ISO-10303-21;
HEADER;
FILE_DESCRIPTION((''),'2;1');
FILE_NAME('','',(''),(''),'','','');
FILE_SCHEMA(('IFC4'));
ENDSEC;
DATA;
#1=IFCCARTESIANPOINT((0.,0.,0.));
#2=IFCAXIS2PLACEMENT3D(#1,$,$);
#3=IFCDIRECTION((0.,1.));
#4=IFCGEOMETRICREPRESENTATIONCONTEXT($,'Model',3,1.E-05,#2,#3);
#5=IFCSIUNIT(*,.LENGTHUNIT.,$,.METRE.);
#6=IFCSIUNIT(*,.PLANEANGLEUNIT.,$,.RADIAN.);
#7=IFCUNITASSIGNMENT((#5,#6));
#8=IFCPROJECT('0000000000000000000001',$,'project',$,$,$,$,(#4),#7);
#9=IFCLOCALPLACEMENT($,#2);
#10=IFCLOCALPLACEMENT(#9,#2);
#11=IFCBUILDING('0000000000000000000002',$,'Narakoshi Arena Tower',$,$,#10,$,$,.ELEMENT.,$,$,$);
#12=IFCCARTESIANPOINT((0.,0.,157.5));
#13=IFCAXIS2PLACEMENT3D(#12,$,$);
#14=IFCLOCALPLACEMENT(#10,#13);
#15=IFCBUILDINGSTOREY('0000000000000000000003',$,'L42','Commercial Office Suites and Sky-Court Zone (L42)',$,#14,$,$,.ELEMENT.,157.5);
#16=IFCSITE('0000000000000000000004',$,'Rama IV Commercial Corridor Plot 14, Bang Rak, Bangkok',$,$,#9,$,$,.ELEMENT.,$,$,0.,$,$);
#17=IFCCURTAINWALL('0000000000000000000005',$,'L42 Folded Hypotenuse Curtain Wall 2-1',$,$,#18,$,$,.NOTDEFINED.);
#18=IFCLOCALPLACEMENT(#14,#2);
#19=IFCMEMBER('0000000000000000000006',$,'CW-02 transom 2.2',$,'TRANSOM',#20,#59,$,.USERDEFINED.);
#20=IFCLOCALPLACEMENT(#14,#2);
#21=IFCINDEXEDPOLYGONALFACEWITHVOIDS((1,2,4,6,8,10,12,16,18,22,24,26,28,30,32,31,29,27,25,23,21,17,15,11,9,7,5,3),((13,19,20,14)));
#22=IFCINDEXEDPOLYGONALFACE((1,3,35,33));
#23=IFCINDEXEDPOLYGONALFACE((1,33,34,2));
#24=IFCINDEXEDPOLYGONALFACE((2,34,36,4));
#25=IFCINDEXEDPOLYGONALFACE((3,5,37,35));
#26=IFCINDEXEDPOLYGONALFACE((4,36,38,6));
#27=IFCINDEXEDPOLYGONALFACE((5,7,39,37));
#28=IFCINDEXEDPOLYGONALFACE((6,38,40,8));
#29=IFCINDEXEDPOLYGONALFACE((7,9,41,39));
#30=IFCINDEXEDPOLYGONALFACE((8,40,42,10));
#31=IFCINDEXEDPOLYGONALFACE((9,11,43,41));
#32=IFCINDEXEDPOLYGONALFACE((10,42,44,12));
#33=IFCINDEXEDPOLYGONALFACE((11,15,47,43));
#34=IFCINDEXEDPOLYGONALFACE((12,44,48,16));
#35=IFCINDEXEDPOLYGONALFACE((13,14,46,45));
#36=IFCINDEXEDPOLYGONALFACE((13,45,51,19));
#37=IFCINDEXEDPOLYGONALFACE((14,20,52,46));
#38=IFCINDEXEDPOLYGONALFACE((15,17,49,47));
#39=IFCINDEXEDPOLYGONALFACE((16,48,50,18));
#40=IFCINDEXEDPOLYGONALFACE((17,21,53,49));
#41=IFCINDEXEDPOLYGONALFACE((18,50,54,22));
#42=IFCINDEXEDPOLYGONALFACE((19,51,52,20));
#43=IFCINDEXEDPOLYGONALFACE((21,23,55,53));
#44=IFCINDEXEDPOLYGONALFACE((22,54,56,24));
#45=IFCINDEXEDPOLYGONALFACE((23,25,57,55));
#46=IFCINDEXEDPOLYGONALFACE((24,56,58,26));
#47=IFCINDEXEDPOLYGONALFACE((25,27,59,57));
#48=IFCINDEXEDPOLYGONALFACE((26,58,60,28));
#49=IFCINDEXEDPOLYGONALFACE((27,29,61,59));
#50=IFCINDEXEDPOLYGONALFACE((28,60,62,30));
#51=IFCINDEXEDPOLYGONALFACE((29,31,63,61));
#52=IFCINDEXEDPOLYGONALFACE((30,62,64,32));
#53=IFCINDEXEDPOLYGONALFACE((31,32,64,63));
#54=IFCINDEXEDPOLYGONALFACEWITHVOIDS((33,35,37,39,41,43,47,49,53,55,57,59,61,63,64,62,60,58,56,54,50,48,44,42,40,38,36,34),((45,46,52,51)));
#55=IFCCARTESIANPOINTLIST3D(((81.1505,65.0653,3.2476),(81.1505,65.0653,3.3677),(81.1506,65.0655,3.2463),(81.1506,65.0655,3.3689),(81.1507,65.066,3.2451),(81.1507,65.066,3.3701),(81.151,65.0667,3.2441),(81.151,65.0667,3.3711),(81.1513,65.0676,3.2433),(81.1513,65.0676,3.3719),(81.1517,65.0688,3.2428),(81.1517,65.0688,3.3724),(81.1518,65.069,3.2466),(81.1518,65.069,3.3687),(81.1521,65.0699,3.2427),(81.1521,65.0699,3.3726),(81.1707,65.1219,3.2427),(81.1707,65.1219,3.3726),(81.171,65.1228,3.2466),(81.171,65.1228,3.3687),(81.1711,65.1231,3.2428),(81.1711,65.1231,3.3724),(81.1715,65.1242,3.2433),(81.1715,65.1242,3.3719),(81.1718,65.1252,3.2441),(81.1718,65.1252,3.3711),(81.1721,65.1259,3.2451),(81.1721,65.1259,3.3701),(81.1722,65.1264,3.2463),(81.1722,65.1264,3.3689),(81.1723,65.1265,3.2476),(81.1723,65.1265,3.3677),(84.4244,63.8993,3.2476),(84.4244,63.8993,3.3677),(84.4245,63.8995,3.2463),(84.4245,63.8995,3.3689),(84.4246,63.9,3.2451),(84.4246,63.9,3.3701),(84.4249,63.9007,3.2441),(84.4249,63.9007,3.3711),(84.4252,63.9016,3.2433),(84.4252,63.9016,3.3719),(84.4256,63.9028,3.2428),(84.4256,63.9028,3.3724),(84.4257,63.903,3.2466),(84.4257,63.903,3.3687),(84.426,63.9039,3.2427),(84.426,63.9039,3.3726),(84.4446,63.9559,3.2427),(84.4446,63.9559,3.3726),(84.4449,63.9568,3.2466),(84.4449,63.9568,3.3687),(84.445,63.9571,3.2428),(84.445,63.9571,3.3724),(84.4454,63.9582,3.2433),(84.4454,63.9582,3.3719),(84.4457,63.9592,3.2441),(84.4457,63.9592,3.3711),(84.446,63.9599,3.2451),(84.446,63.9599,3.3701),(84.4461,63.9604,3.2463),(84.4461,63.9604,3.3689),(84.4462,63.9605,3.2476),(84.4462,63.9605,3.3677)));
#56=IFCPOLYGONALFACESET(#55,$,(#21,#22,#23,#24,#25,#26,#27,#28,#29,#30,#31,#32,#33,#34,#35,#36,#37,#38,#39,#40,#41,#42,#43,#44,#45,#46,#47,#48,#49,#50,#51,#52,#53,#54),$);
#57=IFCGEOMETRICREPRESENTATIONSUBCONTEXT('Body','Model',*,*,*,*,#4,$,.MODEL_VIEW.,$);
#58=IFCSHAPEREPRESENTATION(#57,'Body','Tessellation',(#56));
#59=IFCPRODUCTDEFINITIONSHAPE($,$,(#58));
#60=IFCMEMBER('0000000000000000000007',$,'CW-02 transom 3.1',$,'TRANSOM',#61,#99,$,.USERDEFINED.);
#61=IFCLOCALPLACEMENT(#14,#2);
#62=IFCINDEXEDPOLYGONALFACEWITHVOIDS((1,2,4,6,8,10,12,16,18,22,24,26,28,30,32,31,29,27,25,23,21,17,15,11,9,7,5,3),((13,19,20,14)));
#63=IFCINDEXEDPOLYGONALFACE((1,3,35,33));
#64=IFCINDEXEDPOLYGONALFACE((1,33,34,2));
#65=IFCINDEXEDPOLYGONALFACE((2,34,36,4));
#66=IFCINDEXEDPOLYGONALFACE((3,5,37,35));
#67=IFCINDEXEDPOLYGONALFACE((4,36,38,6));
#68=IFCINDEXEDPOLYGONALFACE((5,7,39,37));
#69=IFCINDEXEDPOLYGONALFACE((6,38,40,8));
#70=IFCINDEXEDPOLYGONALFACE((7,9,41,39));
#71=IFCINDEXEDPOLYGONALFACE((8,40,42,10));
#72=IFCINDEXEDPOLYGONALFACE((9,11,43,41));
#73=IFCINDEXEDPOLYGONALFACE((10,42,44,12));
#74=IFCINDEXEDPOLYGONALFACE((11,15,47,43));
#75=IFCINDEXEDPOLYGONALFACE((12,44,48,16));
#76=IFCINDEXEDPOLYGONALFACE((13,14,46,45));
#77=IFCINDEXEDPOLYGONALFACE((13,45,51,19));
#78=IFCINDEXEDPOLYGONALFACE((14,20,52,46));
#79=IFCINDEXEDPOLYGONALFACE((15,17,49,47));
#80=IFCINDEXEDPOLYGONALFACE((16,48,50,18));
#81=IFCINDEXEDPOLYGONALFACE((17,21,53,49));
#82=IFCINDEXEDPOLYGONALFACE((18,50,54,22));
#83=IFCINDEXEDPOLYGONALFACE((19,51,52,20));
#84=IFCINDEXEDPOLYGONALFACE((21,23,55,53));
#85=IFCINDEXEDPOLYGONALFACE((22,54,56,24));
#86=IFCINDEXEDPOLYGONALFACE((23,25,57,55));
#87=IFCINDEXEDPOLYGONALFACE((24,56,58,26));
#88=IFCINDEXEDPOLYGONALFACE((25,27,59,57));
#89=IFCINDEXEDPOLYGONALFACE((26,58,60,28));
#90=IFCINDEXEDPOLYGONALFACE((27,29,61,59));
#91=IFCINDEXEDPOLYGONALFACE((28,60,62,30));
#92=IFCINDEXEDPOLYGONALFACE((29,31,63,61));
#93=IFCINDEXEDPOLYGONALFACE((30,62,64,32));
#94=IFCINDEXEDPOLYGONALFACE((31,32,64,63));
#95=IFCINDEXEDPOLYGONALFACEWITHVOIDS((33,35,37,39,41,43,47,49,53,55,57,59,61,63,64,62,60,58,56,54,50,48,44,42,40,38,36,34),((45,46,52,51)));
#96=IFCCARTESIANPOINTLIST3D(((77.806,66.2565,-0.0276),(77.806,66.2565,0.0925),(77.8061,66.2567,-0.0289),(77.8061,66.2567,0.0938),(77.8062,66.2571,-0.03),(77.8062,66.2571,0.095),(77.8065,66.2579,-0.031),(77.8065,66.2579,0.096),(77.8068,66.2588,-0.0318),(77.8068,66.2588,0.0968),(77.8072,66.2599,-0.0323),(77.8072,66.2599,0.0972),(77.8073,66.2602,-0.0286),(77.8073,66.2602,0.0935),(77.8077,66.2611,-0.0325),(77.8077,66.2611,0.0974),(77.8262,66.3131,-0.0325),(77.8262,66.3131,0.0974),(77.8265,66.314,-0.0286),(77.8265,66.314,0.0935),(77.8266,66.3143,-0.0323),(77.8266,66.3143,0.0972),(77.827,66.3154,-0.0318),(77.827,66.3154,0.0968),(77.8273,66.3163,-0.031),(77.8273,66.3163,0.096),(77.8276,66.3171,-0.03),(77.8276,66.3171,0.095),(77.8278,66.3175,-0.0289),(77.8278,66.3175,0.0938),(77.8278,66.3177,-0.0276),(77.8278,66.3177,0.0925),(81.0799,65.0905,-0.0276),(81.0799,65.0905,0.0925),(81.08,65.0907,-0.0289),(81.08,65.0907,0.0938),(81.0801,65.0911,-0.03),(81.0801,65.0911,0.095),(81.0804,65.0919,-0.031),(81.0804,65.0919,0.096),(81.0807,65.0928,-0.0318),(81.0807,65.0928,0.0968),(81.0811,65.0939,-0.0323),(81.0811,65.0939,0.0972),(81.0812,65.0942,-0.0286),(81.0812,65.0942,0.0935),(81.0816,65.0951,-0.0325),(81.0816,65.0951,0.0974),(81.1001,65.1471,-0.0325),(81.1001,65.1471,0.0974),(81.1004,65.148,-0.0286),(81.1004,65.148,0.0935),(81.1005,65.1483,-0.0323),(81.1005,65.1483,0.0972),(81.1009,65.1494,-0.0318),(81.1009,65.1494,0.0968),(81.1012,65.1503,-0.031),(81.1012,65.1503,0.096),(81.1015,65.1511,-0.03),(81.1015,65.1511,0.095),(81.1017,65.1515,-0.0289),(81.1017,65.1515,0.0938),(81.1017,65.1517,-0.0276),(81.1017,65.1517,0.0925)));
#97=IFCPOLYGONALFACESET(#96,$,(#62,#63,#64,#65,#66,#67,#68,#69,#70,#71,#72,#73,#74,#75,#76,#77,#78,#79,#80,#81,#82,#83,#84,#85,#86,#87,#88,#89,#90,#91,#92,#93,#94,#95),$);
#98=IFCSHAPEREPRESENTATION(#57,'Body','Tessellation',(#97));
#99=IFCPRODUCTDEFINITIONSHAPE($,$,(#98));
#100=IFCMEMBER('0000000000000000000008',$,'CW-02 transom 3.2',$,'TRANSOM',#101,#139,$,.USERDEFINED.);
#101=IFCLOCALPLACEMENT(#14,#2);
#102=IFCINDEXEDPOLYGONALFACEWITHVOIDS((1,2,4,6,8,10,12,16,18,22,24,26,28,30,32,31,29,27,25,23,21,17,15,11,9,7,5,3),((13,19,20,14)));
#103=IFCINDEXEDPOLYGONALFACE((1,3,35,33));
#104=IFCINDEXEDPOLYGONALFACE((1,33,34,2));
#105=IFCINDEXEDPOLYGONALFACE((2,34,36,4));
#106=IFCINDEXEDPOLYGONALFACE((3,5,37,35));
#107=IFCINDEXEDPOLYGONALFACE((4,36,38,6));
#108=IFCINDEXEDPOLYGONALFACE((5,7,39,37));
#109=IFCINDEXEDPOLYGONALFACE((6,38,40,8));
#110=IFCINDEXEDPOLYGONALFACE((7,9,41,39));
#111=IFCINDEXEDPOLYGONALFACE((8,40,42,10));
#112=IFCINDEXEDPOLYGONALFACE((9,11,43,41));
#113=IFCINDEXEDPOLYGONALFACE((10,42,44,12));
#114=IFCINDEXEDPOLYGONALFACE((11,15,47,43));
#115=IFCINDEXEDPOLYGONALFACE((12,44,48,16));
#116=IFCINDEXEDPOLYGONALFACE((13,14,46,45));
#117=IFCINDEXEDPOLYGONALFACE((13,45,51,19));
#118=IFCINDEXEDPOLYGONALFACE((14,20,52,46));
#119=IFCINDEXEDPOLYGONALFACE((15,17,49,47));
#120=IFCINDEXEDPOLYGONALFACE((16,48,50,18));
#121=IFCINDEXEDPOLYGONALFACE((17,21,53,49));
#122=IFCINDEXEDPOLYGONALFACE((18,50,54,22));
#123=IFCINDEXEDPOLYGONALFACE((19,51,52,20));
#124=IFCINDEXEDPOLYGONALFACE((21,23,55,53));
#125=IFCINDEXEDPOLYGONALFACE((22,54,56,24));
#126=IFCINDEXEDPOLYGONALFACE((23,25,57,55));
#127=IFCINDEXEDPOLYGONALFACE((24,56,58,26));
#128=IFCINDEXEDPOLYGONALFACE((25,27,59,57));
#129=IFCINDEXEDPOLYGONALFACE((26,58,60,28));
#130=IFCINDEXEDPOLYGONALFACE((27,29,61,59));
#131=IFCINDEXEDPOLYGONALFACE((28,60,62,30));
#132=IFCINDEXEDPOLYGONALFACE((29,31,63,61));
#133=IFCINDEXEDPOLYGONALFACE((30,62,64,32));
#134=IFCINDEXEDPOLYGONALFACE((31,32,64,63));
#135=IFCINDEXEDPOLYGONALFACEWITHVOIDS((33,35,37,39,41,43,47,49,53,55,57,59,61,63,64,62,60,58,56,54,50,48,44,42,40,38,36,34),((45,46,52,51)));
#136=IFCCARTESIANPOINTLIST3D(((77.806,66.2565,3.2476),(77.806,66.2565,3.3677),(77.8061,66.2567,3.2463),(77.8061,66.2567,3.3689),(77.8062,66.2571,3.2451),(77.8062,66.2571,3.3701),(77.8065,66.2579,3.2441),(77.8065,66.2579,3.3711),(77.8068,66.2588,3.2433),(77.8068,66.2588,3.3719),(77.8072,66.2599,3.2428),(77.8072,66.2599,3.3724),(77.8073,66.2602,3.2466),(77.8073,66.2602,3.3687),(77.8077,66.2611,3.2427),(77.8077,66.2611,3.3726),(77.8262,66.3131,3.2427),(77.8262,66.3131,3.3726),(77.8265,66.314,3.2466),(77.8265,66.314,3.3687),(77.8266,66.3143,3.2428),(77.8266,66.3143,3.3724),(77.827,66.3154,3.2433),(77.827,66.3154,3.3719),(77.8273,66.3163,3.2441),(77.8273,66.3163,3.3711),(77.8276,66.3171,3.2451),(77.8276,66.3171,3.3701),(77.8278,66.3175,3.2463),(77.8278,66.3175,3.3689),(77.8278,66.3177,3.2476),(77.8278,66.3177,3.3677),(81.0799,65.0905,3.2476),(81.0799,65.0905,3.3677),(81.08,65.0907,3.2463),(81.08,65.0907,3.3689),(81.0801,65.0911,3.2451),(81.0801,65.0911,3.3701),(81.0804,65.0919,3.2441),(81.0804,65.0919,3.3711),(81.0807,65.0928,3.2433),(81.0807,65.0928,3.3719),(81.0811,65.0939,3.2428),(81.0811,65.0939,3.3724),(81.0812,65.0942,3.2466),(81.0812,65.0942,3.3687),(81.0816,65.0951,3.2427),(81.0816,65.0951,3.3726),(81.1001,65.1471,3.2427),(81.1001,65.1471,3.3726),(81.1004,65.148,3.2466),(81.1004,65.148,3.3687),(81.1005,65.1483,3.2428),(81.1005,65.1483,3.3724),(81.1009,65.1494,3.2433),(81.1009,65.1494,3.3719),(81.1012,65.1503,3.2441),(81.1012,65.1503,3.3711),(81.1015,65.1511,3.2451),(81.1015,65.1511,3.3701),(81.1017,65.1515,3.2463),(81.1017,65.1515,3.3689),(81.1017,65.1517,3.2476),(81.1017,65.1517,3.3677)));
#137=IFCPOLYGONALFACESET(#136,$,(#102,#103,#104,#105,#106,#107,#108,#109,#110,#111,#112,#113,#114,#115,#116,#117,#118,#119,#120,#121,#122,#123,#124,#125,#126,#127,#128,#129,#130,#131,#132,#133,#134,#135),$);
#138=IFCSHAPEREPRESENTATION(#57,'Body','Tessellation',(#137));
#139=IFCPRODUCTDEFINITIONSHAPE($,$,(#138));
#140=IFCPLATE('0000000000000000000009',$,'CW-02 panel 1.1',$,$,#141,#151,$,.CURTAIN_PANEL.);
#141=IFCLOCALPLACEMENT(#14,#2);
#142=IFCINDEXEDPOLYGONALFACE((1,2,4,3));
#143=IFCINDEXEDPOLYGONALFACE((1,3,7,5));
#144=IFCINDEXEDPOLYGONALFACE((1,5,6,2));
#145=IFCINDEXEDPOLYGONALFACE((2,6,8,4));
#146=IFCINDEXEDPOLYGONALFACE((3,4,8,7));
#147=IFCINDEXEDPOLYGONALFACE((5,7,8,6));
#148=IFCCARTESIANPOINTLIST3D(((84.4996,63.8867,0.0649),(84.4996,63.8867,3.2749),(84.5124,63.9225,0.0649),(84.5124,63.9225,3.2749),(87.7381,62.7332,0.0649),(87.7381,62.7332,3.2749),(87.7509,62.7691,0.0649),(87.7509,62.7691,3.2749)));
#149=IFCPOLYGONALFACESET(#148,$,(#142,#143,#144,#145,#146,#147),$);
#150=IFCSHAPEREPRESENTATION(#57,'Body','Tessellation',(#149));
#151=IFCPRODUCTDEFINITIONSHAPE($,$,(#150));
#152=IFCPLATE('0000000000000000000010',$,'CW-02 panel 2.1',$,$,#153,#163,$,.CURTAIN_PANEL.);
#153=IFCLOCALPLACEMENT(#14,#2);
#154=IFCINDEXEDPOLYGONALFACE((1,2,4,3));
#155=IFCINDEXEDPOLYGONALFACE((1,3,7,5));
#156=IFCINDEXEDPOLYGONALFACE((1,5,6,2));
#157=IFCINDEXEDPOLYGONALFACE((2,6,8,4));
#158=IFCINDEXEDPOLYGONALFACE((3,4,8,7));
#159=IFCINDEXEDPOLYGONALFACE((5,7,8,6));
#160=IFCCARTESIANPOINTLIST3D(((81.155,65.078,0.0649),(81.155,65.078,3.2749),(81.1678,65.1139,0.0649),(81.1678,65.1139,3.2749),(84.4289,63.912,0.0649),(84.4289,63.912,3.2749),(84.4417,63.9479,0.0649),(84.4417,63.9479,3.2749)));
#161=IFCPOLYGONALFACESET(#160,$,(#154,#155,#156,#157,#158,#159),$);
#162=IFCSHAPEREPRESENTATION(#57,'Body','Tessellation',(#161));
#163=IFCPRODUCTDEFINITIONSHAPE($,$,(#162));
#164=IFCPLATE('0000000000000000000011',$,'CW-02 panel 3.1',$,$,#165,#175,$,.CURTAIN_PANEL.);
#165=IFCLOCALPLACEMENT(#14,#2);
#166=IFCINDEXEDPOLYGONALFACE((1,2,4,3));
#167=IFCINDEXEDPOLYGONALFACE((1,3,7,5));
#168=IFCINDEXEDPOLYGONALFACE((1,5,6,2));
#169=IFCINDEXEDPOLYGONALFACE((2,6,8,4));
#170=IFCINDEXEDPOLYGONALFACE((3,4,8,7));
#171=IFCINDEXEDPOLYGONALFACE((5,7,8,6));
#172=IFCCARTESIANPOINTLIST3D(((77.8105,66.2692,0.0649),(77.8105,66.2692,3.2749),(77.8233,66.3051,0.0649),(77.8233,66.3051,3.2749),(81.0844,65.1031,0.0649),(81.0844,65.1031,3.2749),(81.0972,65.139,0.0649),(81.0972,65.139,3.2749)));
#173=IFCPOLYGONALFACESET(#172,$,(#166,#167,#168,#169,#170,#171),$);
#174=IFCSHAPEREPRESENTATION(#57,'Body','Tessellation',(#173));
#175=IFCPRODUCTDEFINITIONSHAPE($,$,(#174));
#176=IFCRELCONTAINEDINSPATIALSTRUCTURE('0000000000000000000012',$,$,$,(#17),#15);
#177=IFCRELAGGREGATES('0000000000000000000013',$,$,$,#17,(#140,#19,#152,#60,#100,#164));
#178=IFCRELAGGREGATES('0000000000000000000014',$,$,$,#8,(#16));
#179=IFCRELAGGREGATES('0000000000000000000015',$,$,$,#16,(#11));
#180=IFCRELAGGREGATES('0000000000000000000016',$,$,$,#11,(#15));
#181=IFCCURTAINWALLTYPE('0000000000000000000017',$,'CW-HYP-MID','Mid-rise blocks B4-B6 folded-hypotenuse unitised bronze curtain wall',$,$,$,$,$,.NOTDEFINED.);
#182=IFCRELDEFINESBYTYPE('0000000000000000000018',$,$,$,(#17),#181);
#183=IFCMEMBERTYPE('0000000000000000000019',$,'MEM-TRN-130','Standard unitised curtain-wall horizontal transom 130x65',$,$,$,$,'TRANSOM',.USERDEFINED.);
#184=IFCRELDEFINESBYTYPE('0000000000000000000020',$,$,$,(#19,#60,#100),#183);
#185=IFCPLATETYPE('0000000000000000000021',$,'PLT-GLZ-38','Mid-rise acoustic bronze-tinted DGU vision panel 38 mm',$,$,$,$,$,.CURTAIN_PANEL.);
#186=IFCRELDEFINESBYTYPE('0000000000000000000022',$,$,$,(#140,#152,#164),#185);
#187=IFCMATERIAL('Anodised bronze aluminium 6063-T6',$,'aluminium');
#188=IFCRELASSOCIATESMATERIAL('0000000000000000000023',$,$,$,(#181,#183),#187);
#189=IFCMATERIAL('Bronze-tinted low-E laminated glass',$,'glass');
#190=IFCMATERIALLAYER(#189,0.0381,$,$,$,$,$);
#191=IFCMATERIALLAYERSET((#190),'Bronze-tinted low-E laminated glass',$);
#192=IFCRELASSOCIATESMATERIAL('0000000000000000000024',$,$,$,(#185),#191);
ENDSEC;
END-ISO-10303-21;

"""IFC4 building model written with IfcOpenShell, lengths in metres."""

from ifc_helpers import new_model, si_unit, direction, frame, origin, origin_2d, place, context, subcontext, project, spatial, rectangle, hollow_rectangle, extrude, material, layer, layer_set, material_profile, profile_set, type_object, element, aggregate, save


model = new_model("IFC4")

# Units and contexts
model_context = context("Model", 3, precision=1e-05, world=origin(), true_north=direction((0.0, 1.0)))
body_context = subcontext(model_context, "Body", "Model", "MODEL_VIEW")
ifc_project = project(units=[si_unit("LENGTHUNIT", "METRE"), si_unit("PLANEANGLEUNIT", "RADIAN")], contexts=[model_context])

# Site, building, storey
site_placement = place(None, origin())
site = spatial("IfcSite", under=ifc_project, at=site_placement, Name="Rama IV Commercial Corridor Plot 14, Bang Rak, Bangkok", CompositionType="ELEMENT", RefElevation=0.0)
building_placement = place(site_placement, origin())
building = spatial("IfcBuilding", under=site, at=building_placement, Name="Narakoshi Arena Tower", CompositionType="ELEMENT")
storey_placement = place(building_placement, frame((0.0, 0.0, 157.5)))
storey = spatial("IfcBuildingStorey", under=building, at=storey_placement, Name="L42", Description="Commercial Office Suites and Sky-Court Zone (L42)", CompositionType="ELEMENT", Elevation=157.5)

# Curtain wall, members, plates
ifc_material_1 = material(Name="Anodised bronze aluminium 6063-T6", Category="aluminium")
curtain_wall_type = type_object("IfcCurtainWallType", Name="CW-HYP-MID", Description="Mid-rise blocks B4-B6 folded-hypotenuse unitised bronze curtain wall", PredefinedType="NOTDEFINED", material=ifc_material_1)
curtain_wall_placement = place(storey_placement, origin())
curtain_wall = element("IfcCurtainWall", 1, at=curtain_wall_placement, inside=storey, type_object=curtain_wall_type, Name="L42 Folded Hypotenuse Curtain Wall 2-1", PredefinedType="NOTDEFINED")
ifc_material_profile_1 = material_profile(ifc_material_1, hollow_rectangle(XDim=0.0649, YDim=0.1299, WallThickness=0.0039, OuterFilletRadius=0.0049, at=origin_2d()), Name="TRN130x65x4")
ifc_profile_set_1 = profile_set([ifc_material_profile_1], Name="Anodised bronze aluminium 6063-T6")
member_type_1 = type_object("IfcMemberType", Name="MEM-TRN-130", Description="Standard unitised curtain-wall horizontal transom 130x65", ElementType="TRANSOM", PredefinedType="USERDEFINED", material=ifc_profile_set_1)
member_1_placement = place(storey_placement, frame((84.4353, 63.9299, 3.3076), z_axis=(-0.942037, 0.335509, 0.0), x_axis=(-0.335509, -0.942037, 0.0)))
member_1 = element("IfcMember", 2, at=member_1_placement, type_object=member_type_1, Name="CW-02 transom 2.2", ObjectType="TRANSOM", PredefinedType="USERDEFINED", context=body_context, shape_type="SweptSolid", body=[
    extrude(hollow_rectangle(XDim=0.0649, YDim=0.1299, WallThickness=0.0039, OuterFilletRadius=0.0049, at=origin_2d()), origin(), (0.0, 0.0, 1.0), 3.4753),
])
member_2_placement = place(storey_placement, frame((81.0908, 65.1211, 0.0325), z_axis=(-0.942037, 0.335509, 0.0), x_axis=(-0.335509, -0.942037, 0.0)))
member_2 = element("IfcMember", 3, at=member_2_placement, type_object=member_type_1, Name="CW-02 transom 3.1", ObjectType="TRANSOM", PredefinedType="USERDEFINED", context=body_context, shape_type="SweptSolid", body=[
    extrude(hollow_rectangle(XDim=0.0649, YDim=0.1299, WallThickness=0.0039, OuterFilletRadius=0.0049, at=origin_2d()), origin(), (0.0, 0.0, 1.0), 3.4753),
])
member_3_placement = place(storey_placement, frame((81.0908, 65.1211, 3.3076), z_axis=(-0.942037, 0.335509, 0.0), x_axis=(-0.335509, -0.942037, 0.0)))
member_3 = element("IfcMember", 4, at=member_3_placement, type_object=member_type_1, Name="CW-02 transom 3.2", ObjectType="TRANSOM", PredefinedType="USERDEFINED", context=body_context, shape_type="SweptSolid", body=[
    extrude(hollow_rectangle(XDim=0.0649, YDim=0.1299, WallThickness=0.0039, OuterFilletRadius=0.0049, at=origin_2d()), origin(), (0.0, 0.0, 1.0), 3.4753),
])
ifc_material_2 = material(Name="Bronze-tinted low-E laminated glass", Category="glass")
ifc_layer_1 = layer(ifc_material_2, 0.0381)
ifc_layer_set_1 = layer_set([ifc_layer_1], Name="Bronze-tinted low-E laminated glass")
plate_type = type_object("IfcPlateType", Name="PLT-GLZ-38", Description="Mid-rise acoustic bronze-tinted DGU vision panel 38 mm", PredefinedType="CURTAIN_PANEL", material=ifc_layer_set_1)
plate_1_placement = place(storey_placement, frame((86.1252, 63.3279, 0.0649), z_axis=(0.0, 0.0, 1.0), x_axis=(-0.942034, 0.335518, 0.0)))
plate_1 = element("IfcPlate", 5, at=plate_1_placement, type_object=plate_type, Name="CW-02 panel 1.1", PredefinedType="CURTAIN_PANEL", context=body_context, shape_type="SweptSolid", body=[
    extrude(rectangle(XDim=3.4377, YDim=0.0381, at=origin_2d()), origin(), (0.0, 0.0, 1.0), 3.21),
])
plate_2_placement = place(storey_placement, frame((82.7983, 64.5129, 0.0649), z_axis=(0.0, 0.0, 1.0), x_axis=(-0.942034, 0.335518, 0.0)))
plate_2 = element("IfcPlate", 6, at=plate_2_placement, type_object=plate_type, Name="CW-02 panel 2.1", PredefinedType="CURTAIN_PANEL", context=body_context, shape_type="SweptSolid", body=[
    extrude(rectangle(XDim=3.4753, YDim=0.0381, at=origin_2d()), origin(), (0.0, 0.0, 1.0), 3.21),
])
plate_3_placement = place(storey_placement, frame((79.4539, 65.7041, 0.0649), z_axis=(0.0, 0.0, 1.0), x_axis=(-0.942034, 0.335518, 0.0)))
plate_3 = element("IfcPlate", 7, at=plate_3_placement, type_object=plate_type, Name="CW-02 panel 3.1", PredefinedType="CURTAIN_PANEL", context=body_context, shape_type="SweptSolid", body=[
    extrude(rectangle(XDim=3.4753, YDim=0.0381, at=origin_2d()), origin(), (0.0, 0.0, 1.0), 3.21),
])
aggregate(curtain_wall, [plate_1, member_1, plate_2, member_2, member_3, plate_3])

save(model, "model.ifc")
